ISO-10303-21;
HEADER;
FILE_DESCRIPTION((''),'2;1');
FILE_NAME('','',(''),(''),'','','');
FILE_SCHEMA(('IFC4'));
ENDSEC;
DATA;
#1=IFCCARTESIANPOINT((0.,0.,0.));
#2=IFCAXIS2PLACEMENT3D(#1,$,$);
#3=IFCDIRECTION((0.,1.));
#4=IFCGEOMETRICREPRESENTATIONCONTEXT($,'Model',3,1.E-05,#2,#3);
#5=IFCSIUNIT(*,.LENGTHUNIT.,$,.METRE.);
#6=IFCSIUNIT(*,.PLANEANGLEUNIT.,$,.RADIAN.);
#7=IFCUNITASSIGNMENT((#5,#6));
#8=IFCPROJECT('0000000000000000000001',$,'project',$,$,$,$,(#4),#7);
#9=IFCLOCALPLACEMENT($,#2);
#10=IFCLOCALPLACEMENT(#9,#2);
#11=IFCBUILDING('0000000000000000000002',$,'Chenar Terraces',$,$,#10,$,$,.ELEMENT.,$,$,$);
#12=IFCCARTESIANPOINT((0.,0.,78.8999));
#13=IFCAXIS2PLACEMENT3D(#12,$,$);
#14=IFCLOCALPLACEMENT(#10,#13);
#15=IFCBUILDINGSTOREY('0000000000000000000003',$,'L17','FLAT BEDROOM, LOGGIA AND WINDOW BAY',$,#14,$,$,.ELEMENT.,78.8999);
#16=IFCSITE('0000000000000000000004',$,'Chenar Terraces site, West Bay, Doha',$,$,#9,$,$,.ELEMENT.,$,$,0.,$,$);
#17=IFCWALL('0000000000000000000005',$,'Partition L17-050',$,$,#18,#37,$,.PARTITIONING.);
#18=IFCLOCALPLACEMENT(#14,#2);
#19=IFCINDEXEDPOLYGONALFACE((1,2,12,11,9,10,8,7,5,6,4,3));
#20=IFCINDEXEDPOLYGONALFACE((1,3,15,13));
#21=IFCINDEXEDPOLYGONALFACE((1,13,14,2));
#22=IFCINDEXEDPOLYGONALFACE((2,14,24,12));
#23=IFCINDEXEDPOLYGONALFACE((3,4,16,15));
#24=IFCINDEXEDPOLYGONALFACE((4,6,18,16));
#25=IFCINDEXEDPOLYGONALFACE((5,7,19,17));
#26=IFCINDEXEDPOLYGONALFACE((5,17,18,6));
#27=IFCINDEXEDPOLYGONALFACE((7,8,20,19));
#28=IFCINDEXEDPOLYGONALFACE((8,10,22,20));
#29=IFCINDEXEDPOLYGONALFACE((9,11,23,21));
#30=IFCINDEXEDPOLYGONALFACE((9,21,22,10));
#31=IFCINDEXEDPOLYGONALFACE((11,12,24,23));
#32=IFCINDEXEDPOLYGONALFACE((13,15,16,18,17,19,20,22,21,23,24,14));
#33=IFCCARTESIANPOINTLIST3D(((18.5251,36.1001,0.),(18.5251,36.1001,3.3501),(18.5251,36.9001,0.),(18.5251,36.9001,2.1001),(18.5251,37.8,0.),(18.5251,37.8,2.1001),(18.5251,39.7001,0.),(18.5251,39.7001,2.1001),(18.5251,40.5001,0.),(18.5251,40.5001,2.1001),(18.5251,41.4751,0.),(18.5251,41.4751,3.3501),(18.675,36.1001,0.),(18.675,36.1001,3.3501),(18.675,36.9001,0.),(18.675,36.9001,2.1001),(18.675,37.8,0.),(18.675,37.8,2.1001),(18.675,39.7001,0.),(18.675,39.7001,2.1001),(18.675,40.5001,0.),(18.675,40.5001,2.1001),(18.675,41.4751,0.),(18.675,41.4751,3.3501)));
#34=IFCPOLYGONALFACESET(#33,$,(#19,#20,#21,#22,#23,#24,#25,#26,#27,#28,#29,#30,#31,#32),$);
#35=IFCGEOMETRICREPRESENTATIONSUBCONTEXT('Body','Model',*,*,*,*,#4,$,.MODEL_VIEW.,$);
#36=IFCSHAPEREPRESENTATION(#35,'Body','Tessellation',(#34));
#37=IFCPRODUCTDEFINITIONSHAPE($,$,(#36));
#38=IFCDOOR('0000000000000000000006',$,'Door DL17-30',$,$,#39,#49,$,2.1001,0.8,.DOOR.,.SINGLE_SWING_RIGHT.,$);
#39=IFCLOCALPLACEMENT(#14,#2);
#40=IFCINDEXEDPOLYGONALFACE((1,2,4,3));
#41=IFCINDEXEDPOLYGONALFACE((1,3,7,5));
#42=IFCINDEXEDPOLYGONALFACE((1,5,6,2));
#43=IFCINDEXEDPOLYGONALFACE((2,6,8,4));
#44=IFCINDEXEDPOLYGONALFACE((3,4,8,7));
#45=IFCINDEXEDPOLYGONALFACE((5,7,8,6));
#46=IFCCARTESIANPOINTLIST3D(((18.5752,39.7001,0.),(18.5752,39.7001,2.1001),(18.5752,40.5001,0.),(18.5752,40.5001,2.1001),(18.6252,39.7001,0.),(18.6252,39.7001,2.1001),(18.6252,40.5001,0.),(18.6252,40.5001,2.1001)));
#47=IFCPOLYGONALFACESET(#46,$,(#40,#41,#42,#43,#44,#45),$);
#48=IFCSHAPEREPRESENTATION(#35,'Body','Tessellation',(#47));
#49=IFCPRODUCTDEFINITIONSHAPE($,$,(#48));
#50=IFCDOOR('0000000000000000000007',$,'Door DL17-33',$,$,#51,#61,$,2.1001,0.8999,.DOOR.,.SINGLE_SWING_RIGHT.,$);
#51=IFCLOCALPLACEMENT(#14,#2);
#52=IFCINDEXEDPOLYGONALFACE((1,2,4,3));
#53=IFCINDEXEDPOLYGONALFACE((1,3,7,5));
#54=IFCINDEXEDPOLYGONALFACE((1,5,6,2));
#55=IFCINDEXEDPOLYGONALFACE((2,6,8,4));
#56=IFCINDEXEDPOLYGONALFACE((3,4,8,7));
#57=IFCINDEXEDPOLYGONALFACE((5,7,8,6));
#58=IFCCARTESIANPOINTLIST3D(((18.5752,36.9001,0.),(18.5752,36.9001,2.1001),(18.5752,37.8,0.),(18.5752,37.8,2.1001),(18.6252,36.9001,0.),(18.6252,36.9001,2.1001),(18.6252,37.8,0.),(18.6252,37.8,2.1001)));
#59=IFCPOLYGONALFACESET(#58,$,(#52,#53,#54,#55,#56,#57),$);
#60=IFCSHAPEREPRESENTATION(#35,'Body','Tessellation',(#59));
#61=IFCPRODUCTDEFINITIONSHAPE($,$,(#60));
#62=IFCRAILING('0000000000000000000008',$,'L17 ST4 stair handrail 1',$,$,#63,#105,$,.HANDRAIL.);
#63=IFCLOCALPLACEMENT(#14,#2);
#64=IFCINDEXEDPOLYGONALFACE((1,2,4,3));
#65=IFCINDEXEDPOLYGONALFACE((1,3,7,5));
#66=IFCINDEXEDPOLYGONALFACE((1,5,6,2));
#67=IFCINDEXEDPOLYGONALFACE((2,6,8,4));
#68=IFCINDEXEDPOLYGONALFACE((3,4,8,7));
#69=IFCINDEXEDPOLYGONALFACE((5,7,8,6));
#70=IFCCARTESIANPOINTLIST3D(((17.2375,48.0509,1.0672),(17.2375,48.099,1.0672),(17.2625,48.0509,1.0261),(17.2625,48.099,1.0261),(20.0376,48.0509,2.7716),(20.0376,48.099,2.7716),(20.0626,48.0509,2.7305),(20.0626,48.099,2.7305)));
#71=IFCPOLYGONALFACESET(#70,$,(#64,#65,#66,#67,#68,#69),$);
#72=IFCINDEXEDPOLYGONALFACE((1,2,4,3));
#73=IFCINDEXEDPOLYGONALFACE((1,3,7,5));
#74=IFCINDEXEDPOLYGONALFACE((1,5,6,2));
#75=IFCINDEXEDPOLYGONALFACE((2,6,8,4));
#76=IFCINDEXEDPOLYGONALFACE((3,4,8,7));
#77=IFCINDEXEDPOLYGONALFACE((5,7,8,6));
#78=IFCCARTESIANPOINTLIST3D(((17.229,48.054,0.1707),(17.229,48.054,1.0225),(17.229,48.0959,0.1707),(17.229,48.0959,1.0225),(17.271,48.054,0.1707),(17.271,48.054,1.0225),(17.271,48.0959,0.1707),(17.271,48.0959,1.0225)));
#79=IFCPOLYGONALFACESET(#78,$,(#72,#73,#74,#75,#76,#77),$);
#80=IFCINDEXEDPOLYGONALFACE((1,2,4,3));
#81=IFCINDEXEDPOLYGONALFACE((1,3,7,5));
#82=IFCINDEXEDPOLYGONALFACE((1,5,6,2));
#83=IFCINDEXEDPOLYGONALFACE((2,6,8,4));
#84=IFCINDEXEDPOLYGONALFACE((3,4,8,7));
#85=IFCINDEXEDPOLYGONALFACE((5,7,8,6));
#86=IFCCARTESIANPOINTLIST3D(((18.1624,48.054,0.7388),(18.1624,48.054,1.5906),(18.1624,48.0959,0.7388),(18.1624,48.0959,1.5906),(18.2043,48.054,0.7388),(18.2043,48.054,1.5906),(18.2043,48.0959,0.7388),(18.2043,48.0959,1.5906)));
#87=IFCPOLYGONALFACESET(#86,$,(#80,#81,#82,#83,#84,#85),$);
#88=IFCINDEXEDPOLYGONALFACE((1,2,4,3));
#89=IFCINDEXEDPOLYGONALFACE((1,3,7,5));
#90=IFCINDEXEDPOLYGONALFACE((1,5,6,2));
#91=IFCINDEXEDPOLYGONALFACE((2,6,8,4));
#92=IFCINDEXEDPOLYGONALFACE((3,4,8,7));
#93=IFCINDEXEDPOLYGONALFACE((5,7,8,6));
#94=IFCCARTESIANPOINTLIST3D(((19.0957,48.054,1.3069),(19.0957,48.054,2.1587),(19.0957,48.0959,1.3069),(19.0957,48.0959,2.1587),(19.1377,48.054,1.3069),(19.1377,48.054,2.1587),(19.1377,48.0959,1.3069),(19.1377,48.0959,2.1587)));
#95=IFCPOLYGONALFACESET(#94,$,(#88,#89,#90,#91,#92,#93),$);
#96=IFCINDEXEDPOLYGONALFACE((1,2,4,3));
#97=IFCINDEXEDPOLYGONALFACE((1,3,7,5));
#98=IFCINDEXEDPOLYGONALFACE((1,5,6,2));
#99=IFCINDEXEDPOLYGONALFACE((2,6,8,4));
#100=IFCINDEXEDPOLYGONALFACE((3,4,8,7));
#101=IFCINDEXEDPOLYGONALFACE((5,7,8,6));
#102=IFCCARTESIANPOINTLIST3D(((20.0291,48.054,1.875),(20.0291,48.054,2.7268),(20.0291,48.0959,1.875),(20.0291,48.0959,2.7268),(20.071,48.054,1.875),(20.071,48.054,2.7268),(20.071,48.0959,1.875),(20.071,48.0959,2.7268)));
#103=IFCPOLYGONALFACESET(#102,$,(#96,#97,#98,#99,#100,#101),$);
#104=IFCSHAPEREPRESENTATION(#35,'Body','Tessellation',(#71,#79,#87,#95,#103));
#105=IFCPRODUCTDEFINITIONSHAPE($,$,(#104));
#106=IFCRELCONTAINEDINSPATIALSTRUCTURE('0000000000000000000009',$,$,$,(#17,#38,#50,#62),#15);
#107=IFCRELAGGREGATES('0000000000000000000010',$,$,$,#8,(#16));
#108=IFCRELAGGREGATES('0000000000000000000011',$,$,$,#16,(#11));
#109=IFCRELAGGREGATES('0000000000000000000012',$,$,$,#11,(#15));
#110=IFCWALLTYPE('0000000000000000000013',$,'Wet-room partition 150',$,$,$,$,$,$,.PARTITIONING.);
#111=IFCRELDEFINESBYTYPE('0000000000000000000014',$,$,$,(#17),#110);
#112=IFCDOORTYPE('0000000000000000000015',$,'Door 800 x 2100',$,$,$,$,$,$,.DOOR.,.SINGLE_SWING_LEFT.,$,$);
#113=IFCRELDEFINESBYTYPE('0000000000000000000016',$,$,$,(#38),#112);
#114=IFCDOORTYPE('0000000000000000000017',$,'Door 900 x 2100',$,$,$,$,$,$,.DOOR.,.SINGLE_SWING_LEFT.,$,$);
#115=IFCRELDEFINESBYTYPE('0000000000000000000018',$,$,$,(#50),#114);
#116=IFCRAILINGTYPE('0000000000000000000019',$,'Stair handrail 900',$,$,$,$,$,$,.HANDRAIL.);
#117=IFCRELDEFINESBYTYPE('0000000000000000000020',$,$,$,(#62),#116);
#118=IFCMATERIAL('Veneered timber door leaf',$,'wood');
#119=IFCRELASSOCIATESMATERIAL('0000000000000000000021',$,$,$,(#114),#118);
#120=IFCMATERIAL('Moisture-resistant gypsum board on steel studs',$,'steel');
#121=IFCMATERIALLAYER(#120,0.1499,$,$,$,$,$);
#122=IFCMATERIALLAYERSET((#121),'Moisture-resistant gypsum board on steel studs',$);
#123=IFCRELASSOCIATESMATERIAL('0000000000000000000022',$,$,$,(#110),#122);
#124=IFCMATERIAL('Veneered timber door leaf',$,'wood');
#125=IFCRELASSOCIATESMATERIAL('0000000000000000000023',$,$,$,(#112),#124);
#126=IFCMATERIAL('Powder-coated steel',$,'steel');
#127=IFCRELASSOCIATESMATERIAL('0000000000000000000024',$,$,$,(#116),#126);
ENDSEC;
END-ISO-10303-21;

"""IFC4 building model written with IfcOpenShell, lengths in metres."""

from ifc_helpers import new_model, si_unit, direction, frame, frame_2d, origin, origin_2d, place, context, subcontext, project, spatial, rectangle, extrude, material, layer, layer_set, type_object, element, fill, save


model = new_model("IFC4")

# Units and contexts
model_context = context("Model", 3, precision=1e-05, world=origin(), true_north=direction((0.0, 1.0)))
body_context = subcontext(model_context, "Body", "Model", "MODEL_VIEW")
ifc_project = project(units=[si_unit("LENGTHUNIT", "METRE"), si_unit("PLANEANGLEUNIT", "RADIAN")], contexts=[model_context])

# Site, building, storey
site_placement = place(None, origin())
site = spatial("IfcSite", under=ifc_project, at=site_placement, Name="Chenar Terraces site, West Bay, Doha", CompositionType="ELEMENT", RefElevation=0.0)
building_placement = place(site_placement, origin())
building = spatial("IfcBuilding", under=site, at=building_placement, Name="Chenar Terraces", CompositionType="ELEMENT")
storey_placement = place(building_placement, frame((0.0, 0.0, 78.8999)))
storey = spatial("IfcBuildingStorey", under=building, at=storey_placement, Name="L17", Description="FLAT BEDROOM, LOGGIA AND WINDOW BAY", CompositionType="ELEMENT", Elevation=78.8999)

# Shared definitions
ifc_material_1 = material(Name="Veneered timber door leaf", Category="wood")
door_type_1 = type_object("IfcDoorType", Name="Door 900 x 2100", OperationType="SINGLE_SWING_LEFT", PredefinedType="DOOR", material=ifc_material_1)

# Shared definitions
ifc_material_2 = material(Name="Moisture-resistant gypsum board on steel studs", Category="steel")
ifc_layer_1 = layer(ifc_material_2, 0.1499)
ifc_layer_set_1 = layer_set([ifc_layer_1], Name="Moisture-resistant gypsum board on steel studs")
wall_type_1 = type_object("IfcWallType", Name="Wet-room partition 150", PredefinedType="PARTITIONING", material=ifc_layer_set_1)

# Wall, openings, doors
wall_1_placement = place(storey_placement, frame((18.6001, 36.1001, 0.0), z_axis=(0.0, 0.0, 1.0), x_axis=(0.0, 1.0, 0.0)))
wall_1 = element("IfcWall", 1, at=wall_1_placement, inside=storey, type_object=wall_type_1, Name="Partition L17-050", PredefinedType="PARTITIONING", context=body_context, shape_type="SweptSolid", body=[
    extrude(rectangle(XDim=5.375, YDim=0.1499, at=frame_2d((2.6875, 0.0))), origin(), (0.0, 0.0, 1.0), 3.3501),
])
opening_1_placement = place(wall_1_placement, frame((3.6001, 0.0, 0.0)))
opening_1 = element("IfcOpeningElement", 2, at=opening_1_placement, cuts=wall_1, PredefinedType="OPENING", context=body_context, shape_type="SweptSolid", body=[
    extrude(rectangle(XDim=0.8, YDim=2.1001, at=frame_2d((0.3999, 1.05))), frame((0.0, 0.085, 0.0), z_axis=(0.0, -1.0, 0.0), x_axis=(1.0, 0.0, 0.0)), (0.0, 0.0, 1.0), 0.1699),
])
opening_2_placement = place(wall_1_placement, frame((0.8, 0.0, 0.0)))
opening_2 = element("IfcOpeningElement", 3, at=opening_2_placement, cuts=wall_1, PredefinedType="OPENING", context=body_context, shape_type="SweptSolid", body=[
    extrude(rectangle(XDim=0.8999, YDim=2.1001, at=frame_2d((0.45, 1.05))), frame((0.0, 0.085, 0.0), z_axis=(0.0, -1.0, 0.0), x_axis=(1.0, 0.0, 0.0)), (0.0, 0.0, 1.0), 0.1699),
])
ifc_material_3 = material(Name="Veneered timber door leaf", Category="wood")
door_type_2 = type_object("IfcDoorType", Name="Door 800 x 2100", OperationType="SINGLE_SWING_LEFT", PredefinedType="DOOR", material=ifc_material_3)
door_1_placement = place(opening_1_placement, origin())
door_1 = element("IfcDoor", 4, at=door_1_placement, inside=storey, type_object=door_type_2, Name="Door DL17-30", OperationType="SINGLE_SWING_RIGHT", OverallHeight=2.1001, OverallWidth=0.8, PredefinedType="DOOR", context=body_context, shape_type="SweptSolid", body=[
    extrude(rectangle(XDim=0.8, YDim=2.1001, at=frame_2d((0.3999, 1.05))), frame((0.0, 0.0249, 0.0), z_axis=(0.0, -1.0, 0.0), x_axis=(1.0, 0.0, 0.0)), (0.0, 0.0, 1.0), 0.05),
])
fill(opening_1, door_1)
door_2_placement = place(opening_2_placement, origin())
door_2 = element("IfcDoor", 5, at=door_2_placement, inside=storey, type_object=door_type_1, Name="Door DL17-33", OperationType="SINGLE_SWING_RIGHT", OverallHeight=2.1001, OverallWidth=0.8999, PredefinedType="DOOR", context=body_context, shape_type="SweptSolid", body=[
    extrude(rectangle(XDim=0.8999, YDim=2.1001, at=frame_2d((0.45, 1.05))), frame((0.0, 0.0249, 0.0), z_axis=(0.0, -1.0, 0.0), x_axis=(1.0, 0.0, 0.0)), (0.0, 0.0, 1.0), 0.05),
])
fill(opening_2, door_2)

# Railing
ifc_material_4 = material(Name="Powder-coated steel", Category="steel")
railing_type = type_object("IfcRailingType", Name="Stair handrail 900", PredefinedType="HANDRAIL", material=ifc_material_4)
railing_placement = place(storey_placement, frame((17.25, 48.075, 0.1707)))
element("IfcRailing", 6, at=railing_placement, inside=storey, type_object=railing_type, Name="L17 ST4 stair handrail 1", PredefinedType="HANDRAIL", context=body_context, shape_type="SweptSolid", body=[
    extrude(rectangle(XDim=0.0481, YDim=0.0481, at=origin_2d()), frame((0.0, 0.0, 0.876), z_axis=(0.854203, 0.0, 0.51994), x_axis=(0.0, 1.0, 0.0)), (0.0, 0.0, 1.0), 3.2781),
    extrude(rectangle(XDim=0.042, YDim=0.042, at=origin_2d()), origin(), (0.0, 0.0, 1.0), 0.8518),
    extrude(rectangle(XDim=0.042, YDim=0.042, at=origin_2d()), frame((0.9333, 0.0, 0.5681)), (0.0, 0.0, 1.0), 0.8518),
    extrude(rectangle(XDim=0.042, YDim=0.042, at=origin_2d()), frame((1.8667, 0.0, 1.1362)), (0.0, 0.0, 1.0), 0.8518),
    extrude(rectangle(XDim=0.042, YDim=0.042, at=origin_2d()), frame((2.8, 0.0, 1.7043)), (0.0, 0.0, 1.0), 0.8518),
])

save(model, "model.ifc")
